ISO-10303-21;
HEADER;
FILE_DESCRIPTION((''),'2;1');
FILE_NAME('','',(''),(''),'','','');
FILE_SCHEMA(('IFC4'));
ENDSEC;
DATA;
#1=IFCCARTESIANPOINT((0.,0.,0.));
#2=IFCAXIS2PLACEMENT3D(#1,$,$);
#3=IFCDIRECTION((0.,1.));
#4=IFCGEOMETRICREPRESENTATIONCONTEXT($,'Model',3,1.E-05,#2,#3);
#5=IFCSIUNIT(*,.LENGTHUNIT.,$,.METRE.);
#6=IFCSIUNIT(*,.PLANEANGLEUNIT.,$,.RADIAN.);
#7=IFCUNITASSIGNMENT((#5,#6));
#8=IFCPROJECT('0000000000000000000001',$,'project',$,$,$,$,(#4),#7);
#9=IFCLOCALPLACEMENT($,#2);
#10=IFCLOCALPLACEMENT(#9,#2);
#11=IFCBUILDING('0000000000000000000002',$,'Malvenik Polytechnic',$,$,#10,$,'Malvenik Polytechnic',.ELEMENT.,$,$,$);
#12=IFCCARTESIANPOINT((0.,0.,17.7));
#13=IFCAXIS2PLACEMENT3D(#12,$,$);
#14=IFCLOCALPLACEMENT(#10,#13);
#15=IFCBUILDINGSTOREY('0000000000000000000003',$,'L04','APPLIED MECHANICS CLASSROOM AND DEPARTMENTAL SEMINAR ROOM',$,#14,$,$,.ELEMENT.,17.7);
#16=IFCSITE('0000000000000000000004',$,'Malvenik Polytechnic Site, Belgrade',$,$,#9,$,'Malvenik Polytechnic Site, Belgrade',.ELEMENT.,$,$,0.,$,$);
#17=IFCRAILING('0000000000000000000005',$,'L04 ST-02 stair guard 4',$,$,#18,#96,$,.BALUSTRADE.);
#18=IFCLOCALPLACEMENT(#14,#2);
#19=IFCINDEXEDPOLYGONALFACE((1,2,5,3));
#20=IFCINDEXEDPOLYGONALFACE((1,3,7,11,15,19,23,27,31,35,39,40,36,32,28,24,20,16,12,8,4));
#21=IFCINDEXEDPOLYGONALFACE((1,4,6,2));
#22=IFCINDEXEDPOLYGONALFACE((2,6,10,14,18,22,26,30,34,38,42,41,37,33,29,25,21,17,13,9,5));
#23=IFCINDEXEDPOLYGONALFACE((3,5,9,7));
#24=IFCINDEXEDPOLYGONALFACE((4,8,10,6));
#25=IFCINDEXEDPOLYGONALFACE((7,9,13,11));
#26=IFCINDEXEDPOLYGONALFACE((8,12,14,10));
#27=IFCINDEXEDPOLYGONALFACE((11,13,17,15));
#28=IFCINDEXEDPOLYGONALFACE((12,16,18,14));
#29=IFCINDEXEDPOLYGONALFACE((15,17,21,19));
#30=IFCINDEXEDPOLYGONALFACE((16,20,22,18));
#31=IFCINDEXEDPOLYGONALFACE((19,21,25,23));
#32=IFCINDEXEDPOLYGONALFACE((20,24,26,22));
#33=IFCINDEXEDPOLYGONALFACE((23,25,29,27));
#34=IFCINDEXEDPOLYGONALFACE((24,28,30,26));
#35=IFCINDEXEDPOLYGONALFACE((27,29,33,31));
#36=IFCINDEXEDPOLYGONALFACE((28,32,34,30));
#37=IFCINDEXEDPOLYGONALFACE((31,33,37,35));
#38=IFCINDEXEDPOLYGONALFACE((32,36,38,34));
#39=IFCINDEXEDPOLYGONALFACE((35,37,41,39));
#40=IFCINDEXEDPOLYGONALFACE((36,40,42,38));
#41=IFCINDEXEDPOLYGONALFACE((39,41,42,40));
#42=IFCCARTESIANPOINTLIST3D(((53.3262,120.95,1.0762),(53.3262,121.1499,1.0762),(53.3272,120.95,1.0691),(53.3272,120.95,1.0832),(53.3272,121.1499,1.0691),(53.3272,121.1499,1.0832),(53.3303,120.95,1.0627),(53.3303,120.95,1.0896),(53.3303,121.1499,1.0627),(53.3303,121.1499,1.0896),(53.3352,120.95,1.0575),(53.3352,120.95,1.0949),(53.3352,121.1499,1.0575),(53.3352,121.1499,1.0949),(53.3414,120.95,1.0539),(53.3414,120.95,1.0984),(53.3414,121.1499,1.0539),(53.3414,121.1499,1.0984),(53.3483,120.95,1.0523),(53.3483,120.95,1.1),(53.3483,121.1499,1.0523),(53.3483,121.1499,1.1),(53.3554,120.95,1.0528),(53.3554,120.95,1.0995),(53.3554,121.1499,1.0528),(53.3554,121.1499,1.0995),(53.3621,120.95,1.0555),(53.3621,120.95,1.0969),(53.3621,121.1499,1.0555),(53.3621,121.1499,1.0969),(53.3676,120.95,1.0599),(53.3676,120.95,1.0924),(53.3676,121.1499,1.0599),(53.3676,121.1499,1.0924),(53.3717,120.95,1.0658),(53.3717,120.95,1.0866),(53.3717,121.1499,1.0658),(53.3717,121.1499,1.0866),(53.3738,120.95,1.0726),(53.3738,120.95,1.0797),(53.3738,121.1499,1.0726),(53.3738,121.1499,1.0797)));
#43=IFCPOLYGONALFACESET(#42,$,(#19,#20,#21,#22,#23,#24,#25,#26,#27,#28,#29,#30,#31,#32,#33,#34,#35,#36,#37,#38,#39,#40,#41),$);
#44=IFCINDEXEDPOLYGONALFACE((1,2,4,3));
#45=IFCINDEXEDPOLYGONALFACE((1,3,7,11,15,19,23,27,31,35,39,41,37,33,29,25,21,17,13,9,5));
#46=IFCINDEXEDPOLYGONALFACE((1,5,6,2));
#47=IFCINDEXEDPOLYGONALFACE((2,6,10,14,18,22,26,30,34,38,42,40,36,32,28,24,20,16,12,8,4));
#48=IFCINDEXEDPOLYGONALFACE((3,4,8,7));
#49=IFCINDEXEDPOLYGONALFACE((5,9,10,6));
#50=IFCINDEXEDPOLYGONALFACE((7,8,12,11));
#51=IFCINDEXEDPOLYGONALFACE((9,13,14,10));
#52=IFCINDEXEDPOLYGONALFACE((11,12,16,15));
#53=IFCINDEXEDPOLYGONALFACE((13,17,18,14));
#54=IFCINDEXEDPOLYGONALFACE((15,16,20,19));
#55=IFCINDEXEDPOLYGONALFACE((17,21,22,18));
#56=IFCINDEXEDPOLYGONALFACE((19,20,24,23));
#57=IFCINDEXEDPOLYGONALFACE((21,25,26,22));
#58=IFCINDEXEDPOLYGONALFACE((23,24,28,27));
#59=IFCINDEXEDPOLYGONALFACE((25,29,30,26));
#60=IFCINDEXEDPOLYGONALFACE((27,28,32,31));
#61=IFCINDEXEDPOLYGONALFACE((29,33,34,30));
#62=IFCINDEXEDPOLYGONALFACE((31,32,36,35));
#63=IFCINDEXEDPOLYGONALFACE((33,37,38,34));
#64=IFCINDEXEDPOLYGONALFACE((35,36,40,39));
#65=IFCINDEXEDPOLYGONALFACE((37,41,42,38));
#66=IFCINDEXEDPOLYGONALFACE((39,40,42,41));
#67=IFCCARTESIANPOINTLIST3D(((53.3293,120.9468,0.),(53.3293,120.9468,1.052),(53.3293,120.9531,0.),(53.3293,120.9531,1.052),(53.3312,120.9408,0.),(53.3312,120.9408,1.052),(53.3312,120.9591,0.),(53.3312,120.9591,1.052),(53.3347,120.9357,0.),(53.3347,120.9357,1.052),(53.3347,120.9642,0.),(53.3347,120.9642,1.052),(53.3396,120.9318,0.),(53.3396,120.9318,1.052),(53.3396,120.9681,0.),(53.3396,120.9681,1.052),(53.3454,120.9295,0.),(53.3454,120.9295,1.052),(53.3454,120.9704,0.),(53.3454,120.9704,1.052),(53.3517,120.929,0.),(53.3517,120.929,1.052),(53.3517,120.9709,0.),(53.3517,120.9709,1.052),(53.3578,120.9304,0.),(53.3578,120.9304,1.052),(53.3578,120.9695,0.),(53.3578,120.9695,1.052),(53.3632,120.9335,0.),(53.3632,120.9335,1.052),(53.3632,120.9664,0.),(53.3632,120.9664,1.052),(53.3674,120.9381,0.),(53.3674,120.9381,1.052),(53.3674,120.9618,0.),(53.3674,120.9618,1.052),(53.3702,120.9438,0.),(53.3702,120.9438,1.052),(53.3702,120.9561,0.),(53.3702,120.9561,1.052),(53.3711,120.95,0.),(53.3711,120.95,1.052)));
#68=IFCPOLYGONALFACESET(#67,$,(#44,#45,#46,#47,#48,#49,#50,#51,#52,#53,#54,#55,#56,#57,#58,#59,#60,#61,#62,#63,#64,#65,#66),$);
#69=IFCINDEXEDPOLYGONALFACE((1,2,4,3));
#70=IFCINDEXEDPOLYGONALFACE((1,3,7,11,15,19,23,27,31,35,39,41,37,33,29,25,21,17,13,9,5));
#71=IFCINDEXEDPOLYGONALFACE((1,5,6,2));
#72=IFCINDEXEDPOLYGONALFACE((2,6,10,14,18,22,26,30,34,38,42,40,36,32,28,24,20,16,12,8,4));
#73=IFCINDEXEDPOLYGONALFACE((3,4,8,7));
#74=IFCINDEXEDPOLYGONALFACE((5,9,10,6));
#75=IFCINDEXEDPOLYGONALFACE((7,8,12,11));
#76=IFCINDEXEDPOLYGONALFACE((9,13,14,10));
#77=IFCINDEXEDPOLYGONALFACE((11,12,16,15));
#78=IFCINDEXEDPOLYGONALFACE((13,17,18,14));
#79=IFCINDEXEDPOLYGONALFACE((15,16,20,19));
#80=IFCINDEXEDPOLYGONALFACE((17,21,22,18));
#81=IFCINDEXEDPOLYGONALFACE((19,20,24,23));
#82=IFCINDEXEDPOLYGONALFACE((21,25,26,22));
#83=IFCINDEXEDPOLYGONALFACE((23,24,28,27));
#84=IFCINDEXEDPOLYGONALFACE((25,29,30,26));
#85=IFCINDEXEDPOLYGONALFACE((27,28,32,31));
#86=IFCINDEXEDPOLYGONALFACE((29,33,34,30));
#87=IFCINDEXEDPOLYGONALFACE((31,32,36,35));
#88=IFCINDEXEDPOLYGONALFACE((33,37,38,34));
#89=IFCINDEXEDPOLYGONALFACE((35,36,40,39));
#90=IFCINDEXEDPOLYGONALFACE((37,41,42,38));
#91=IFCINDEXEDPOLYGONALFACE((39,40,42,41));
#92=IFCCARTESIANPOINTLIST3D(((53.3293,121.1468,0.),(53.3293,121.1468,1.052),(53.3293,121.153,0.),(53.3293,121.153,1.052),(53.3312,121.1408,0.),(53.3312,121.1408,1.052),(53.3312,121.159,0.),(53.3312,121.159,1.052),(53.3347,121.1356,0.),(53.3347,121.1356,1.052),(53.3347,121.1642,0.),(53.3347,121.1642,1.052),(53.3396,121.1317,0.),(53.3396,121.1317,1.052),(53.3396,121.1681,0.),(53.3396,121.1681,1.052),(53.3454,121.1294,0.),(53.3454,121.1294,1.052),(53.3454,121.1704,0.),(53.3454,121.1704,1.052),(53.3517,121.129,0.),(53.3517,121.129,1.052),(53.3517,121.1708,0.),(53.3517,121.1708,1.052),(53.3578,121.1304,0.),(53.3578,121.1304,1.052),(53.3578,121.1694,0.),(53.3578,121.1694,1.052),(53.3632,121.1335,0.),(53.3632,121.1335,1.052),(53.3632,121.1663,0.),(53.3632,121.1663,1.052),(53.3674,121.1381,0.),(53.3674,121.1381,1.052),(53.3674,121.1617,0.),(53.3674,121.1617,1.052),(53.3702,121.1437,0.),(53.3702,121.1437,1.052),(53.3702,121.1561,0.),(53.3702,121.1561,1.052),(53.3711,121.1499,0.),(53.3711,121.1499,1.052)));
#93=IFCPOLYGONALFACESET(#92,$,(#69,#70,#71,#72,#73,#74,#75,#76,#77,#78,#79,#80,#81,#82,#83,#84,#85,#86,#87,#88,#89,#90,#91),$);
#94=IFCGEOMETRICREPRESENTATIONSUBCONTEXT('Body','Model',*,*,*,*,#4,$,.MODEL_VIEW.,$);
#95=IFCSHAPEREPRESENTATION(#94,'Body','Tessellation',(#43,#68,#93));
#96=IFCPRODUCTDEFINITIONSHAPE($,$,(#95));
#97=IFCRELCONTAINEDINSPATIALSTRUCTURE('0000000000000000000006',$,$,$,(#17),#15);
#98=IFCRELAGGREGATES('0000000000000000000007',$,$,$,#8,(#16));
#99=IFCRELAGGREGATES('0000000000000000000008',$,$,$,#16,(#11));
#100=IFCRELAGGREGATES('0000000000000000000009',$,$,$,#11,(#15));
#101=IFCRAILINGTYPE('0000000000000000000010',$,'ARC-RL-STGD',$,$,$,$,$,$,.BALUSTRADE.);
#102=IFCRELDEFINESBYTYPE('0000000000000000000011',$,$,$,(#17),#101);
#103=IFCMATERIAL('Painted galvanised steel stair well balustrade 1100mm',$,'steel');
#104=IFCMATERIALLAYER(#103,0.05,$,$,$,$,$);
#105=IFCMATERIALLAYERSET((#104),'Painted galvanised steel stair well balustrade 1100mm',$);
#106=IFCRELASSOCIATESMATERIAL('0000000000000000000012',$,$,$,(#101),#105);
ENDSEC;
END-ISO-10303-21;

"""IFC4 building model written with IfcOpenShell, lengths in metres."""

from ifc_helpers import new_model, si_unit, direction, frame, origin, origin_2d, place, context, subcontext, project, spatial, circle, extrude, material, layer, layer_set, type_object, element, save


model = new_model("IFC4")

# Units and contexts
model_context = context("Model", 3, precision=1e-05, world=origin(), true_north=direction((0.0, 1.0)))
body_context = subcontext(model_context, "Body", "Model", "MODEL_VIEW")
ifc_project = project(units=[si_unit("LENGTHUNIT", "METRE"), si_unit("PLANEANGLEUNIT", "RADIAN")], contexts=[model_context])

# Site, building, storey
site_placement = place(None, origin())
site = spatial("IfcSite", under=ifc_project, at=site_placement, Name="Malvenik Polytechnic Site, Belgrade", LongName="Malvenik Polytechnic Site, Belgrade", CompositionType="ELEMENT", RefElevation=0.0)
building_placement = place(site_placement, origin())
building = spatial("IfcBuilding", under=site, at=building_placement, Name="Malvenik Polytechnic", LongName="Malvenik Polytechnic", CompositionType="ELEMENT")
storey_placement = place(building_placement, frame((0.0, 0.0, 17.7)))
storey = spatial("IfcBuildingStorey", under=building, at=storey_placement, Name="L04", Description="APPLIED MECHANICS CLASSROOM AND DEPARTMENTAL SEMINAR ROOM", CompositionType="ELEMENT", Elevation=17.7)

# Railing
ifc_material_1 = material(Name="Painted galvanised steel stair well balustrade 1100mm", Category="steel")
ifc_layer_1 = layer(ifc_material_1, 0.05)
ifc_layer_set_1 = layer_set([ifc_layer_1], Name="Painted galvanised steel stair well balustrade 1100mm")
railing_type = type_object("IfcRailingType", Name="ARC-RL-STGD", PredefinedType="BALUSTRADE", material=ifc_layer_set_1)
railing_1_placement = place(storey_placement, frame((53.3501, 120.95, 0.0)))
element("IfcRailing", 1, at=railing_1_placement, inside=storey, type_object=railing_type, Name="L04 ST-02 stair guard 4", PredefinedType="BALUSTRADE", context=body_context, shape_type="SweptSolid", body=[
    extrude(circle(Radius=0.0239, at=origin_2d()), frame((0.0, 0.0, 1.0762), z_axis=(0.0, 1.0, 0.0), x_axis=(-1.0, 0.0, 0.0)), (0.0, 0.0, 1.0), 0.2),
    extrude(circle(Radius=0.021, at=origin_2d()), origin(), (0.0, 0.0, 1.0), 1.052),
    extrude(circle(Radius=0.021, at=origin_2d()), frame((0.0, 0.2, 0.0)), (0.0, 0.0, 1.0), 1.052),
])

save(model, "model.ifc")
